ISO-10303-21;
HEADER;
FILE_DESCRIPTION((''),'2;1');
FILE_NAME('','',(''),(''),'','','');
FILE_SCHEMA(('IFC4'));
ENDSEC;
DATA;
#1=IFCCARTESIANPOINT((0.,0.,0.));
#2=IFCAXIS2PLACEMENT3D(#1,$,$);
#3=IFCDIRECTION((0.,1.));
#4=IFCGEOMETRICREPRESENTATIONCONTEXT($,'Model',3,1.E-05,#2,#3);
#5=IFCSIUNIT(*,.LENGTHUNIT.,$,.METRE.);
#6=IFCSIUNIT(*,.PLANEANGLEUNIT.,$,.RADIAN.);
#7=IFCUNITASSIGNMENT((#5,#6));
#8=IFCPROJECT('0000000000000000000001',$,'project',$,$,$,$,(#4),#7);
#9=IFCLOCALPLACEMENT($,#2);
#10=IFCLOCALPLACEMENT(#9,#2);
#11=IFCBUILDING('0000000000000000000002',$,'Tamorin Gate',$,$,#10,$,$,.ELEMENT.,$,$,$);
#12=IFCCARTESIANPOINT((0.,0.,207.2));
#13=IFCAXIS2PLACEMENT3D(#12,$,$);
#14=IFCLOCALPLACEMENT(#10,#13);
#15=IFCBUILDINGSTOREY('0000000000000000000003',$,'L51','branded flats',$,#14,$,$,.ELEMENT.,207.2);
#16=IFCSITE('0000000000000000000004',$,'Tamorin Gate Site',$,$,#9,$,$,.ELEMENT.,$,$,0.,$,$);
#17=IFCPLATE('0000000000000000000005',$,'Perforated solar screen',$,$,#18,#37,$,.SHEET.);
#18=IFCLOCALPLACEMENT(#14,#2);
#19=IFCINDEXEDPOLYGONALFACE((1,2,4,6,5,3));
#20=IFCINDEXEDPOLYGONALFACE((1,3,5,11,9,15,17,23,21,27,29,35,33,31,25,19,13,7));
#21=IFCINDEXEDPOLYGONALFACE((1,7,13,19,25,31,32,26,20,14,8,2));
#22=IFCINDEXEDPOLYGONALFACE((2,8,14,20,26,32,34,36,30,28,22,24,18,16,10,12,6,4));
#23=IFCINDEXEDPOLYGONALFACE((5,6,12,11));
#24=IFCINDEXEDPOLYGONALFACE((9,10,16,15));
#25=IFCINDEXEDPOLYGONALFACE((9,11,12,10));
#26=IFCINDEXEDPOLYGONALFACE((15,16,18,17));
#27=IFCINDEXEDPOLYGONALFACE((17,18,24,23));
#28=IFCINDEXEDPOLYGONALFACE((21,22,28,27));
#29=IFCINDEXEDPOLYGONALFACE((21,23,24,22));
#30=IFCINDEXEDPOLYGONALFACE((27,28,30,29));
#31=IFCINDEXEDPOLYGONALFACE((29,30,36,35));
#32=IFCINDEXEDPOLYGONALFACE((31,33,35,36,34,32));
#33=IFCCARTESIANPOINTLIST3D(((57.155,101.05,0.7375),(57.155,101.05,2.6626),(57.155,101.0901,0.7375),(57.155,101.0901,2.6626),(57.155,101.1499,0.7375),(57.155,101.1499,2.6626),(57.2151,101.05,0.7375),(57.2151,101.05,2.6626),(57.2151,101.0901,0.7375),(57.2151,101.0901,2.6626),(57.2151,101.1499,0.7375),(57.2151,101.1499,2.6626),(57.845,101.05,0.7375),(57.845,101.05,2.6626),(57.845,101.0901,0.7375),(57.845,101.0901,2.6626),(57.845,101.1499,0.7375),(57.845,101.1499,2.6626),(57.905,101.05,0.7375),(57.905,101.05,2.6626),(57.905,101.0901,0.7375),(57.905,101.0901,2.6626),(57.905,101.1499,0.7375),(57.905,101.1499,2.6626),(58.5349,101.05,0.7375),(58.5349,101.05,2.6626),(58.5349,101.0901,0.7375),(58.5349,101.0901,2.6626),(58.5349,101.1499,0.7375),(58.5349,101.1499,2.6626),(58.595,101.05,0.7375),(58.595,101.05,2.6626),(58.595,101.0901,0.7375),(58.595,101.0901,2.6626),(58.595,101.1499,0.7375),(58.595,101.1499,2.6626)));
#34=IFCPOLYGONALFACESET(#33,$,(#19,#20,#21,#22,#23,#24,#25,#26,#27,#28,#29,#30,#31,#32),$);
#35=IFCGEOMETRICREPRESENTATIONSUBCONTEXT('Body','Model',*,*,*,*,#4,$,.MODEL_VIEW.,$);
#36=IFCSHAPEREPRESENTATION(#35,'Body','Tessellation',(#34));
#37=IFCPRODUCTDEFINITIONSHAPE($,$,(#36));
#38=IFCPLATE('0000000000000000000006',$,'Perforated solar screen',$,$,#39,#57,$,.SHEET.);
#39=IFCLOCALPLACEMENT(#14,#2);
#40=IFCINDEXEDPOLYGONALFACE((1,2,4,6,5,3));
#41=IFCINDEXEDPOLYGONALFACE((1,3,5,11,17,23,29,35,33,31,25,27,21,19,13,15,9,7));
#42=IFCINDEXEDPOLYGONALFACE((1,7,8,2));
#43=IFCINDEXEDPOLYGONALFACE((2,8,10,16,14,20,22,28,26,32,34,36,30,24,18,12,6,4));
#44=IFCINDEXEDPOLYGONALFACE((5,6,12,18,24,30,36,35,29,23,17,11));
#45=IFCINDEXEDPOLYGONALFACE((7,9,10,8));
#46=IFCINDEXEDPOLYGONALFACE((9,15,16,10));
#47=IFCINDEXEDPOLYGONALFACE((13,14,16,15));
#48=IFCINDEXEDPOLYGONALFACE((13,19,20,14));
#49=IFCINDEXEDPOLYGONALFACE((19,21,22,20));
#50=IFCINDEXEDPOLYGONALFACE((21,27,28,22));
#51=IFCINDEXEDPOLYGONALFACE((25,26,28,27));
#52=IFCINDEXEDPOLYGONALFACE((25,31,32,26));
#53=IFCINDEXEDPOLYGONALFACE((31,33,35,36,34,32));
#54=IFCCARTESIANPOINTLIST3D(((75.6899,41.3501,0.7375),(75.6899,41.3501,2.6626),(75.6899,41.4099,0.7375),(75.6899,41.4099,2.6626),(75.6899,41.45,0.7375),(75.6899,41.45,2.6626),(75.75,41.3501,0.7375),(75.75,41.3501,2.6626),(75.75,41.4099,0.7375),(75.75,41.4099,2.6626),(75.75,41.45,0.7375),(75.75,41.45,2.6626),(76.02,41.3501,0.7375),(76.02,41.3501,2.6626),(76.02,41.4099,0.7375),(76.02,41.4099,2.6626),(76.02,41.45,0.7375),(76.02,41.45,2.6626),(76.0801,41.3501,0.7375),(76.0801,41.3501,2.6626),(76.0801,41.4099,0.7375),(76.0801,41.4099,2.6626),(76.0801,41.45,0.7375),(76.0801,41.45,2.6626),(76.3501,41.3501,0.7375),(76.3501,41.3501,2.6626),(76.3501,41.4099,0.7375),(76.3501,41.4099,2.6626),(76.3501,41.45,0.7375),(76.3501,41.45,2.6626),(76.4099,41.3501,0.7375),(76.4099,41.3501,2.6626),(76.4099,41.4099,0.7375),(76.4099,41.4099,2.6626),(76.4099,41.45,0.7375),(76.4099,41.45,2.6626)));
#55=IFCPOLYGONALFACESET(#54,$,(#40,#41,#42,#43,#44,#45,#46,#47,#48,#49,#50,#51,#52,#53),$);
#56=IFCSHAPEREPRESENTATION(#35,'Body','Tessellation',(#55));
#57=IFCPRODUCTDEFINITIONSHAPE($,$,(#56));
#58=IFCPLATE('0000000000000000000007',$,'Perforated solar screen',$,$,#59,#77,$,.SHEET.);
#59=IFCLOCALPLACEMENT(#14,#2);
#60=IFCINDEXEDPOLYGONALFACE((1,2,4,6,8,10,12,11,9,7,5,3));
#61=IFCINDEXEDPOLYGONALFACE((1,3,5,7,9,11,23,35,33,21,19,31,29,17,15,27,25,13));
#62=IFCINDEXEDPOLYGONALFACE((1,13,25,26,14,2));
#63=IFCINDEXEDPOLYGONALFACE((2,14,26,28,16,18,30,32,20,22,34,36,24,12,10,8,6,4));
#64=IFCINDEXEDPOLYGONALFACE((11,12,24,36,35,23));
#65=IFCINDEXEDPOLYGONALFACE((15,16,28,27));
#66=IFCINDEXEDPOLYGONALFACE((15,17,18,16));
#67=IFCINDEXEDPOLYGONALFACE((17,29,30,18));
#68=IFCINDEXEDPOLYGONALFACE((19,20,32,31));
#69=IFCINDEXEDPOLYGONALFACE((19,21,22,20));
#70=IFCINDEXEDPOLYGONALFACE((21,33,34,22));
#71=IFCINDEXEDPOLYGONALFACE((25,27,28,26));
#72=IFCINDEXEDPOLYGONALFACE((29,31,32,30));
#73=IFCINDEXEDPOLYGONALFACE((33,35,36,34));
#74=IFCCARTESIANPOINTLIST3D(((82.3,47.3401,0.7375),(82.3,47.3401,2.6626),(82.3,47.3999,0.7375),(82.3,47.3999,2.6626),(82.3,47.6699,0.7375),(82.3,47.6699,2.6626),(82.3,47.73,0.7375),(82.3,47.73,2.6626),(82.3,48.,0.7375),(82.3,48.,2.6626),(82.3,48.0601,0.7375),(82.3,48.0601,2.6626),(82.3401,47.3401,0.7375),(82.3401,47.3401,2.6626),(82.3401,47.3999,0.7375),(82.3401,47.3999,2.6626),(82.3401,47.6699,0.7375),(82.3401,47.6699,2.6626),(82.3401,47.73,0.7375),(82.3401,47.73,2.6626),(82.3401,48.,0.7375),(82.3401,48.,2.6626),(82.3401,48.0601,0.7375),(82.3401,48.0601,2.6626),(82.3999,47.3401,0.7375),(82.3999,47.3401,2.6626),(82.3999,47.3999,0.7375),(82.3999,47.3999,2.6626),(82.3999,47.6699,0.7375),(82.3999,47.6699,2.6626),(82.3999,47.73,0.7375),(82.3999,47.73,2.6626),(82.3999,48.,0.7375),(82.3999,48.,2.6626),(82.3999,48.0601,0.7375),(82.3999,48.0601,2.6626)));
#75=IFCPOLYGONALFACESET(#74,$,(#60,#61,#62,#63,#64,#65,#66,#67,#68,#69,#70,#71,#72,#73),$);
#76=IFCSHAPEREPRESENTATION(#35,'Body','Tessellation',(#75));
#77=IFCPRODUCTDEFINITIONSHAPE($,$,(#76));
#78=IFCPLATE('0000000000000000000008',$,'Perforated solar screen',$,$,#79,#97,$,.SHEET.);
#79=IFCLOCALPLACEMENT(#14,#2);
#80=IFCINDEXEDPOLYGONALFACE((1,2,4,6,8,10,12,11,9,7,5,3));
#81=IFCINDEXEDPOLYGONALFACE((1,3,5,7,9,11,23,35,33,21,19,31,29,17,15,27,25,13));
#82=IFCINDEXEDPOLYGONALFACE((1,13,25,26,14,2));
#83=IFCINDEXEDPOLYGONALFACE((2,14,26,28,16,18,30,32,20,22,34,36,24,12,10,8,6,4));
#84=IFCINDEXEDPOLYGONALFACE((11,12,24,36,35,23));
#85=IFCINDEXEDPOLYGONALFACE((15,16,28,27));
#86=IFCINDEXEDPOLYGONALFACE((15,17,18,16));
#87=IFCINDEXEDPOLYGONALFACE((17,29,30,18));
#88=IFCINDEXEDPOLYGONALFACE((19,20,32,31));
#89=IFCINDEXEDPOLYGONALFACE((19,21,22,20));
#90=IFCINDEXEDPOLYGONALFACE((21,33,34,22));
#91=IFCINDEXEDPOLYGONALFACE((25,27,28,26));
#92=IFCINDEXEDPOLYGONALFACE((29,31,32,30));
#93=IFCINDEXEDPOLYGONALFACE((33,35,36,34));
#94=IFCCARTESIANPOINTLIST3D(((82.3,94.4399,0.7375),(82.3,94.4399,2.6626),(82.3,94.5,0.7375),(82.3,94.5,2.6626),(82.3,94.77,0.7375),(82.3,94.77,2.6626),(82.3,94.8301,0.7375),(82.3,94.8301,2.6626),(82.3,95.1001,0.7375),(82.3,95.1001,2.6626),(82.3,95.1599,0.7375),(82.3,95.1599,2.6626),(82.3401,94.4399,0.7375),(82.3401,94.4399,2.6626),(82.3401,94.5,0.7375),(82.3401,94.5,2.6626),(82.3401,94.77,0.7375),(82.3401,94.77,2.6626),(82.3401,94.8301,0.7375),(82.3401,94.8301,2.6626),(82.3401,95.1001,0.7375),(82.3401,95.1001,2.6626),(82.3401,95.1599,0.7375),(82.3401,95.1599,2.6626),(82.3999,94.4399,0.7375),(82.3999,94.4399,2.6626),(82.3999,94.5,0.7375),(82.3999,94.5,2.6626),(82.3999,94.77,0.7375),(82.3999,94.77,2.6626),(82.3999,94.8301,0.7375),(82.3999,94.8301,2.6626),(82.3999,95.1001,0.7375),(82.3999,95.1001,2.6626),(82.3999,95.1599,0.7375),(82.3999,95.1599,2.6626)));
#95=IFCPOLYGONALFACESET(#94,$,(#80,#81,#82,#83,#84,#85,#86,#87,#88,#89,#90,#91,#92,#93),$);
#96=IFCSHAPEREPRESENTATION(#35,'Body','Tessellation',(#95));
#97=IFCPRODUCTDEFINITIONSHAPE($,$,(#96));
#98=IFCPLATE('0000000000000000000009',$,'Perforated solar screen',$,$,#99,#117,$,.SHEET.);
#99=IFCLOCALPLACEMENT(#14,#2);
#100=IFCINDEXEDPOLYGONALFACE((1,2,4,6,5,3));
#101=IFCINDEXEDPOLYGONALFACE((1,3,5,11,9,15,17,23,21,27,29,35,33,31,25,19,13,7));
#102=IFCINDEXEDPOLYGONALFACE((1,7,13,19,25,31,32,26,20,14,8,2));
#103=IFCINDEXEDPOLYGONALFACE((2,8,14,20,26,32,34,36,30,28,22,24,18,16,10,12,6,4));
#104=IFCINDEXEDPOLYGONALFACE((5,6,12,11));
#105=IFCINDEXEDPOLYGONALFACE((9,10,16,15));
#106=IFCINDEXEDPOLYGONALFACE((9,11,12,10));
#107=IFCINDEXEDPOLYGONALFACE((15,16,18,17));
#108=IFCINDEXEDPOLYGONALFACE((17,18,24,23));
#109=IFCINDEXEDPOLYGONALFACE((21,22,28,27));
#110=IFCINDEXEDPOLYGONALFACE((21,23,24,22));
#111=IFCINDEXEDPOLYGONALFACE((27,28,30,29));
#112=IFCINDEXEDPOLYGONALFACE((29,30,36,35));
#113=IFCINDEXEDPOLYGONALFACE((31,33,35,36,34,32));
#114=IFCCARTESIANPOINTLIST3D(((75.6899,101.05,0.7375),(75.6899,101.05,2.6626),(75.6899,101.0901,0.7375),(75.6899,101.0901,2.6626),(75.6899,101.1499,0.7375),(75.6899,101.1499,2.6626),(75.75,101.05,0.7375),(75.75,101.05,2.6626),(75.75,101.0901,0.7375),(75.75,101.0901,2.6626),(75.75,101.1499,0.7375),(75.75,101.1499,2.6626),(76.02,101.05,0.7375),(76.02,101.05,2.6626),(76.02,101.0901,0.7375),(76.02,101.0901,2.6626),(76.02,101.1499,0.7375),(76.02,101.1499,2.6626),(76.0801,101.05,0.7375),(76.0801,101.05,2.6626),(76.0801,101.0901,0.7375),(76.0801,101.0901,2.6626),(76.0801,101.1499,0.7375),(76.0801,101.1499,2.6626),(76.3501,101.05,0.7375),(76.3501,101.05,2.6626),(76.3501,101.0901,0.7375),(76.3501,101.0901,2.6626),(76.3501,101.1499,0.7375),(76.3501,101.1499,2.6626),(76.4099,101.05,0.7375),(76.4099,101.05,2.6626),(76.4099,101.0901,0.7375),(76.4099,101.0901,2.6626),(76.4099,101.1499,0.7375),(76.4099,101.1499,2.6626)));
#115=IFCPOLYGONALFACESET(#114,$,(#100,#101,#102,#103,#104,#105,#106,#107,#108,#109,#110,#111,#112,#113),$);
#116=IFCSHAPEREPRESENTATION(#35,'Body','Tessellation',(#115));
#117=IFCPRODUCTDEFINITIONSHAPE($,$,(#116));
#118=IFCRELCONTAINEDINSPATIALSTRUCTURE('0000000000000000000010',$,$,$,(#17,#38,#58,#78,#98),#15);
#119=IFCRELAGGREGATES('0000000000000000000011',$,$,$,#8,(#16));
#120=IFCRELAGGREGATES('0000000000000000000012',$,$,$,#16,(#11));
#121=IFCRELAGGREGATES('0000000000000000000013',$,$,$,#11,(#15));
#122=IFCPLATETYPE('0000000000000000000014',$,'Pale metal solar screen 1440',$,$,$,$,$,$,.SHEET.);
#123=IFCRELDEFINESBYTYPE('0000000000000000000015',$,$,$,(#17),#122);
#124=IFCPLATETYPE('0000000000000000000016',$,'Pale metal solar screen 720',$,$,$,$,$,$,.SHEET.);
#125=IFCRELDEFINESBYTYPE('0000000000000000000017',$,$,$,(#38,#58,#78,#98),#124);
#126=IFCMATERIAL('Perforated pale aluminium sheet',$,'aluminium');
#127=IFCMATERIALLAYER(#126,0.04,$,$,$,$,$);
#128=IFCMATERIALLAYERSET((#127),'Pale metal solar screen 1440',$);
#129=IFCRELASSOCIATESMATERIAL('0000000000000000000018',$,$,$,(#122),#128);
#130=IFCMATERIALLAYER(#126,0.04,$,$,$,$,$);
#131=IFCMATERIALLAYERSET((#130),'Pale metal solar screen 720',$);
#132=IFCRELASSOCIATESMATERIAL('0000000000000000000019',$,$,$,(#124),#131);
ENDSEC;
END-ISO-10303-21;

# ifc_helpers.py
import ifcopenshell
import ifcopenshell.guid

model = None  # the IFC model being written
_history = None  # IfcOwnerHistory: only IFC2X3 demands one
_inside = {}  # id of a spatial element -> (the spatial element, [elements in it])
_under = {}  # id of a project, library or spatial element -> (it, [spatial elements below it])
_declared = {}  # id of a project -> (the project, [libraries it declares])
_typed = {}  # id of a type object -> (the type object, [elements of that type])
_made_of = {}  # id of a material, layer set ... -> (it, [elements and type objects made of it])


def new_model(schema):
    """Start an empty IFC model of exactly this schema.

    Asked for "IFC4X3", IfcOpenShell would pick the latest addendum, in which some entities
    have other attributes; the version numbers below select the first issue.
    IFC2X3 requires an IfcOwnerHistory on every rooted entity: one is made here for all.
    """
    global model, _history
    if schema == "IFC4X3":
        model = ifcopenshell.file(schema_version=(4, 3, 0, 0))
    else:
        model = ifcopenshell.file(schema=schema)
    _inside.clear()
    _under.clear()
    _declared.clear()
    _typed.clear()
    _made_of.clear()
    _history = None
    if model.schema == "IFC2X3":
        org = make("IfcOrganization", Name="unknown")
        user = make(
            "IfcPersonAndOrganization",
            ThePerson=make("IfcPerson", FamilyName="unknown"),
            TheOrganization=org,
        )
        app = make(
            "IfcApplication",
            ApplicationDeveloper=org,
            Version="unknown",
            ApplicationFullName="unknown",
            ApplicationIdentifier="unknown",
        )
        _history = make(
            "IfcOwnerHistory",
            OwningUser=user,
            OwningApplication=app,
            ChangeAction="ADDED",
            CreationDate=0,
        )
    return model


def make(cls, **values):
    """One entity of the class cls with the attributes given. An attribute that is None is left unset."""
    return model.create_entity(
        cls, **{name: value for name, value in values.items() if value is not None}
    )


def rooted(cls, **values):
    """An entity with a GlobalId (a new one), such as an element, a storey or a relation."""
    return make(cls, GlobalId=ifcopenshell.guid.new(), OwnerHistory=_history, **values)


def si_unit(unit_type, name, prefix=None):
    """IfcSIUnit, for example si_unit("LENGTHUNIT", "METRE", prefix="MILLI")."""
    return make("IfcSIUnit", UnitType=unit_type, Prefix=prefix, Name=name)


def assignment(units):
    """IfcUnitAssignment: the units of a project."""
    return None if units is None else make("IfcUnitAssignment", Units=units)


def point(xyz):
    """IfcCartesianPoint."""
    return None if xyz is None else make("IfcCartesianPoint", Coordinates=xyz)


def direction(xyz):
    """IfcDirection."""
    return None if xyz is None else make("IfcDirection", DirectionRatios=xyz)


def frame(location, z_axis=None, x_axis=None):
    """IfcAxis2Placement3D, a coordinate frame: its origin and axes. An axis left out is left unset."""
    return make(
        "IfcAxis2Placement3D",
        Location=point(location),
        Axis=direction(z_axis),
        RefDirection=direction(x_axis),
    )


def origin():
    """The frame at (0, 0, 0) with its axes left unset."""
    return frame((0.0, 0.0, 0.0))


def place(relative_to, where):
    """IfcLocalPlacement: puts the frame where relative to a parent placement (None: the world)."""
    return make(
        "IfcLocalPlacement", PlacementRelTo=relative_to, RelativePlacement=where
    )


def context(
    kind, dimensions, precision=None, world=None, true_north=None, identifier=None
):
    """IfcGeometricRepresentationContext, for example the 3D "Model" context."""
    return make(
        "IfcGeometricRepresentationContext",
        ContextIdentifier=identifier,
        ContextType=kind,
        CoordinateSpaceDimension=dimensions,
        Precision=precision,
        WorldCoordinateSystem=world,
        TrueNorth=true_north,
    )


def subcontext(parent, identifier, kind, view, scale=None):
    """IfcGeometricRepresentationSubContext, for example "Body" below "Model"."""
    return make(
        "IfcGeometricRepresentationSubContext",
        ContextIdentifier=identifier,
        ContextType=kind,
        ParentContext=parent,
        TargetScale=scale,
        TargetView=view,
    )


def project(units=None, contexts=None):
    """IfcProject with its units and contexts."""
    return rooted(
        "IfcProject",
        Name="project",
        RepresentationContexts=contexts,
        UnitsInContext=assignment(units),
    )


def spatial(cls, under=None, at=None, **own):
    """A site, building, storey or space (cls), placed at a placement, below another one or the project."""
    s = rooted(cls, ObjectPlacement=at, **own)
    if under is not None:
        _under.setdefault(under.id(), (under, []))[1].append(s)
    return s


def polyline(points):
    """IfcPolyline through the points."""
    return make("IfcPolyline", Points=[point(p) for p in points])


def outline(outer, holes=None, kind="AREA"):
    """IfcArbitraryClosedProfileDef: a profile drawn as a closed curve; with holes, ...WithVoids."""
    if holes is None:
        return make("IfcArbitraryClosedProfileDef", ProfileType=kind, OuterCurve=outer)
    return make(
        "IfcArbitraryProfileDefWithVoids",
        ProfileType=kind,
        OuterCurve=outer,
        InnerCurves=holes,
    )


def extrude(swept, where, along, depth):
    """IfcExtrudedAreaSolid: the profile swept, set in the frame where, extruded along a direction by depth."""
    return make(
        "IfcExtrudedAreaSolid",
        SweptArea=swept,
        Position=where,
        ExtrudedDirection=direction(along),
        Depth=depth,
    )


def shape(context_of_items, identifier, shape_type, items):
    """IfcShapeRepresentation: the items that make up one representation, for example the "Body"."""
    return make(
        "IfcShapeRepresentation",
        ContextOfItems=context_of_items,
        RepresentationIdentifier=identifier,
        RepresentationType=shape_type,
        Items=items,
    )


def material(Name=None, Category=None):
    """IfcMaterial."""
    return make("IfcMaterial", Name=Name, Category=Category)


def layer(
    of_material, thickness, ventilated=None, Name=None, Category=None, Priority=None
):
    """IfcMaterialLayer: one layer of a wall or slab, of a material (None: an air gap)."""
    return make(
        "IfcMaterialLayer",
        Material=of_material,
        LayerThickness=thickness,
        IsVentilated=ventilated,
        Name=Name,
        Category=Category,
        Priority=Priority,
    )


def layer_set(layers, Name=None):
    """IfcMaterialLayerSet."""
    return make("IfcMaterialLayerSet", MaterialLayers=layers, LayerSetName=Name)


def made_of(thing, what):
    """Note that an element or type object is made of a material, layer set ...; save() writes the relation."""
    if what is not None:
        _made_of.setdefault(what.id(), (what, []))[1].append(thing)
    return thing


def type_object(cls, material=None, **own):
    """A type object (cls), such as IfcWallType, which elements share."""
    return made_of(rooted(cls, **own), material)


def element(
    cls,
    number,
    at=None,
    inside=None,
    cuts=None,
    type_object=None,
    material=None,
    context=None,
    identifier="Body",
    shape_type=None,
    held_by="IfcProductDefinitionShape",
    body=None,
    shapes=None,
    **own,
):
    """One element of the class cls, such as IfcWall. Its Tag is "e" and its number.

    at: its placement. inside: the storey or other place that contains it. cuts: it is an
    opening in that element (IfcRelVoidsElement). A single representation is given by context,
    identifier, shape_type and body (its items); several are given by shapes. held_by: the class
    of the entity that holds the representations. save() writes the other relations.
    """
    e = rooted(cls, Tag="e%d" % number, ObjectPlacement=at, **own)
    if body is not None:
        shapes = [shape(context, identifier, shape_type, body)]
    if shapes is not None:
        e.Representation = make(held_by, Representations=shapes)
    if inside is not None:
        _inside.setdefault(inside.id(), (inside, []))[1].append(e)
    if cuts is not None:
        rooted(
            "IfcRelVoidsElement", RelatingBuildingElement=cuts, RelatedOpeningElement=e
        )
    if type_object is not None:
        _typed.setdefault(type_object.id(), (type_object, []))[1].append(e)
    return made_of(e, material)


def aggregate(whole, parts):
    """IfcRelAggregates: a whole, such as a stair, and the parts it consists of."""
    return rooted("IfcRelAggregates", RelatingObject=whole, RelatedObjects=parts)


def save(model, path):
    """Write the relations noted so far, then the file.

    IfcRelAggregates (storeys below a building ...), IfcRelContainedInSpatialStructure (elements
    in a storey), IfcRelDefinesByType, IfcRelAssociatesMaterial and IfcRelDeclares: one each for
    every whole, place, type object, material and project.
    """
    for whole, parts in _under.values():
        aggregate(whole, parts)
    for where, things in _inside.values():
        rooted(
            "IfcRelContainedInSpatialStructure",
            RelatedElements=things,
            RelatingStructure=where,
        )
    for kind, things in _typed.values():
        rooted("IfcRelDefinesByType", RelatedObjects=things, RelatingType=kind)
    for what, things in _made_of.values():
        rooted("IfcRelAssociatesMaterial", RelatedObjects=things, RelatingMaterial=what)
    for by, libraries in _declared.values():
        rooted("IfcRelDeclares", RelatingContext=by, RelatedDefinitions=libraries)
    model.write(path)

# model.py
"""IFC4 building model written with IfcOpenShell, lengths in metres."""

from ifc_helpers import new_model, si_unit, direction, frame, origin, place, context, subcontext, project, spatial, polyline, outline, extrude, material, layer, layer_set, type_object, element, save


model = new_model("IFC4")

# Units and contexts
model_context = context("Model", 3, precision=1e-05, world=origin(), true_north=direction((0.0, 1.0)))
body_context = subcontext(model_context, "Body", "Model", "MODEL_VIEW")
ifc_project = project(units=[si_unit("LENGTHUNIT", "METRE"), si_unit("PLANEANGLEUNIT", "RADIAN")], contexts=[model_context])

# Site, building, storey
site_placement = place(None, origin())
site = spatial("IfcSite", under=ifc_project, at=site_placement, Name="Tamorin Gate Site", CompositionType="ELEMENT", RefElevation=0.0)
building_placement = place(site_placement, origin())
building = spatial("IfcBuilding", under=site, at=building_placement, Name="Tamorin Gate", CompositionType="ELEMENT")
storey_placement = place(building_placement, frame((0.0, 0.0, 207.2)))
storey = spatial("IfcBuildingStorey", under=building, at=storey_placement, Name="L51", Description="branded flats", CompositionType="ELEMENT", Elevation=207.2)

# Plates
ifc_material_1 = material(Name="Perforated pale aluminium sheet", Category="aluminium")
ifc_layer_1 = layer(ifc_material_1, 0.04)
ifc_layer_set_1 = layer_set([ifc_layer_1], Name="Pale metal solar screen 1440")
plate_type_1 = type_object("IfcPlateType", Name="Pale metal solar screen 1440", PredefinedType="SHEET", material=ifc_layer_set_1)
plate_1_placement = place(storey_placement, frame((0.0, 0.0, 0.7375)))
element("IfcPlate", 1, at=plate_1_placement, inside=storey, type_object=plate_type_1, Name="Perforated solar screen", PredefinedType="SHEET", context=body_context, shape_type="SweptSolid", body=[
    extrude(outline(polyline([(58.595, 101.0901), (58.595, 101.05), (58.5349, 101.05), (57.905, 101.05), (57.845, 101.05), (57.2151, 101.05), (57.155, 101.05), (57.155, 101.0901), (57.155, 101.1499), (57.2151, 101.1499), (57.2151, 101.0901), (57.845, 101.0901), (57.845, 101.1499), (57.905, 101.1499), (57.905, 101.0901), (58.5349, 101.0901), (58.5349, 101.1499), (58.595, 101.1499), (58.595, 101.0901)])), origin(), (0.0, 0.0, 1.0), 1.925),
])
ifc_layer_2 = layer(ifc_material_1, 0.04)
ifc_layer_set_2 = layer_set([ifc_layer_2], Name="Pale metal solar screen 720")
plate_type_2 = type_object("IfcPlateType", Name="Pale metal solar screen 720", PredefinedType="SHEET", material=ifc_layer_set_2)
plate_2_placement = place(storey_placement, frame((0.0, 0.0, 0.7375)))
element("IfcPlate", 2, at=plate_2_placement, inside=storey, type_object=plate_type_2, Name="Perforated solar screen", PredefinedType="SHEET", context=body_context, shape_type="SweptSolid", body=[
    extrude(outline(polyline([(75.6899, 41.4099), (75.6899, 41.45), (75.75, 41.45), (76.02, 41.45), (76.0801, 41.45), (76.3501, 41.45), (76.4099, 41.45), (76.4099, 41.4099), (76.4099, 41.3501), (76.3501, 41.3501), (76.3501, 41.4099), (76.0801, 41.4099), (76.0801, 41.3501), (76.02, 41.3501), (76.02, 41.4099), (75.75, 41.4099), (75.75, 41.3501), (75.6899, 41.3501), (75.6899, 41.4099)])), origin(), (0.0, 0.0, 1.0), 1.925),
])
plate_3_placement = place(storey_placement, frame((0.0, 0.0, 0.7375)))
element("IfcPlate", 3, at=plate_3_placement, inside=storey, type_object=plate_type_2, Name="Perforated solar screen", PredefinedType="SHEET", context=body_context, shape_type="SweptSolid", body=[
    extrude(outline(polyline([(82.3401, 47.3401), (82.3, 47.3401), (82.3, 47.3999), (82.3, 47.6699), (82.3, 47.73), (82.3, 48.0), (82.3, 48.0601), (82.3401, 48.0601), (82.3999, 48.0601), (82.3999, 48.0), (82.3401, 48.0), (82.3401, 47.73), (82.3999, 47.73), (82.3999, 47.6699), (82.3401, 47.6699), (82.3401, 47.3999), (82.3999, 47.3999), (82.3999, 47.3401), (82.3401, 47.3401)])), origin(), (0.0, 0.0, 1.0), 1.925),
])
plate_4_placement = place(storey_placement, frame((0.0, 0.0, 0.7375)))
element("IfcPlate", 4, at=plate_4_placement, inside=storey, type_object=plate_type_2, Name="Perforated solar screen", PredefinedType="SHEET", context=body_context, shape_type="SweptSolid", body=[
    extrude(outline(polyline([(82.3401, 94.4399), (82.3, 94.4399), (82.3, 94.5), (82.3, 94.77), (82.3, 94.8301), (82.3, 95.1001), (82.3, 95.1599), (82.3401, 95.1599), (82.3999, 95.1599), (82.3999, 95.1001), (82.3401, 95.1001), (82.3401, 94.8301), (82.3999, 94.8301), (82.3999, 94.77), (82.3401, 94.77), (82.3401, 94.5), (82.3999, 94.5), (82.3999, 94.4399), (82.3401, 94.4399)])), origin(), (0.0, 0.0, 1.0), 1.925),
])
plate_5_placement = place(storey_placement, frame((0.0, 0.0, 0.7375)))
element("IfcPlate", 5, at=plate_5_placement, inside=storey, type_object=plate_type_2, Name="Perforated solar screen", PredefinedType="SHEET", context=body_context, shape_type="SweptSolid", body=[
    extrude(outline(polyline([(76.4099, 101.0901), (76.4099, 101.05), (76.3501, 101.05), (76.0801, 101.05), (76.02, 101.05), (75.75, 101.05), (75.6899, 101.05), (75.6899, 101.0901), (75.6899, 101.1499), (75.75, 101.1499), (75.75, 101.0901), (76.02, 101.0901), (76.02, 101.1499), (76.0801, 101.1499), (76.0801, 101.0901), (76.3501, 101.0901), (76.3501, 101.1499), (76.4099, 101.1499), (76.4099, 101.0901)])), origin(), (0.0, 0.0, 1.0), 1.925),
])

save(model, "model.ifc")
